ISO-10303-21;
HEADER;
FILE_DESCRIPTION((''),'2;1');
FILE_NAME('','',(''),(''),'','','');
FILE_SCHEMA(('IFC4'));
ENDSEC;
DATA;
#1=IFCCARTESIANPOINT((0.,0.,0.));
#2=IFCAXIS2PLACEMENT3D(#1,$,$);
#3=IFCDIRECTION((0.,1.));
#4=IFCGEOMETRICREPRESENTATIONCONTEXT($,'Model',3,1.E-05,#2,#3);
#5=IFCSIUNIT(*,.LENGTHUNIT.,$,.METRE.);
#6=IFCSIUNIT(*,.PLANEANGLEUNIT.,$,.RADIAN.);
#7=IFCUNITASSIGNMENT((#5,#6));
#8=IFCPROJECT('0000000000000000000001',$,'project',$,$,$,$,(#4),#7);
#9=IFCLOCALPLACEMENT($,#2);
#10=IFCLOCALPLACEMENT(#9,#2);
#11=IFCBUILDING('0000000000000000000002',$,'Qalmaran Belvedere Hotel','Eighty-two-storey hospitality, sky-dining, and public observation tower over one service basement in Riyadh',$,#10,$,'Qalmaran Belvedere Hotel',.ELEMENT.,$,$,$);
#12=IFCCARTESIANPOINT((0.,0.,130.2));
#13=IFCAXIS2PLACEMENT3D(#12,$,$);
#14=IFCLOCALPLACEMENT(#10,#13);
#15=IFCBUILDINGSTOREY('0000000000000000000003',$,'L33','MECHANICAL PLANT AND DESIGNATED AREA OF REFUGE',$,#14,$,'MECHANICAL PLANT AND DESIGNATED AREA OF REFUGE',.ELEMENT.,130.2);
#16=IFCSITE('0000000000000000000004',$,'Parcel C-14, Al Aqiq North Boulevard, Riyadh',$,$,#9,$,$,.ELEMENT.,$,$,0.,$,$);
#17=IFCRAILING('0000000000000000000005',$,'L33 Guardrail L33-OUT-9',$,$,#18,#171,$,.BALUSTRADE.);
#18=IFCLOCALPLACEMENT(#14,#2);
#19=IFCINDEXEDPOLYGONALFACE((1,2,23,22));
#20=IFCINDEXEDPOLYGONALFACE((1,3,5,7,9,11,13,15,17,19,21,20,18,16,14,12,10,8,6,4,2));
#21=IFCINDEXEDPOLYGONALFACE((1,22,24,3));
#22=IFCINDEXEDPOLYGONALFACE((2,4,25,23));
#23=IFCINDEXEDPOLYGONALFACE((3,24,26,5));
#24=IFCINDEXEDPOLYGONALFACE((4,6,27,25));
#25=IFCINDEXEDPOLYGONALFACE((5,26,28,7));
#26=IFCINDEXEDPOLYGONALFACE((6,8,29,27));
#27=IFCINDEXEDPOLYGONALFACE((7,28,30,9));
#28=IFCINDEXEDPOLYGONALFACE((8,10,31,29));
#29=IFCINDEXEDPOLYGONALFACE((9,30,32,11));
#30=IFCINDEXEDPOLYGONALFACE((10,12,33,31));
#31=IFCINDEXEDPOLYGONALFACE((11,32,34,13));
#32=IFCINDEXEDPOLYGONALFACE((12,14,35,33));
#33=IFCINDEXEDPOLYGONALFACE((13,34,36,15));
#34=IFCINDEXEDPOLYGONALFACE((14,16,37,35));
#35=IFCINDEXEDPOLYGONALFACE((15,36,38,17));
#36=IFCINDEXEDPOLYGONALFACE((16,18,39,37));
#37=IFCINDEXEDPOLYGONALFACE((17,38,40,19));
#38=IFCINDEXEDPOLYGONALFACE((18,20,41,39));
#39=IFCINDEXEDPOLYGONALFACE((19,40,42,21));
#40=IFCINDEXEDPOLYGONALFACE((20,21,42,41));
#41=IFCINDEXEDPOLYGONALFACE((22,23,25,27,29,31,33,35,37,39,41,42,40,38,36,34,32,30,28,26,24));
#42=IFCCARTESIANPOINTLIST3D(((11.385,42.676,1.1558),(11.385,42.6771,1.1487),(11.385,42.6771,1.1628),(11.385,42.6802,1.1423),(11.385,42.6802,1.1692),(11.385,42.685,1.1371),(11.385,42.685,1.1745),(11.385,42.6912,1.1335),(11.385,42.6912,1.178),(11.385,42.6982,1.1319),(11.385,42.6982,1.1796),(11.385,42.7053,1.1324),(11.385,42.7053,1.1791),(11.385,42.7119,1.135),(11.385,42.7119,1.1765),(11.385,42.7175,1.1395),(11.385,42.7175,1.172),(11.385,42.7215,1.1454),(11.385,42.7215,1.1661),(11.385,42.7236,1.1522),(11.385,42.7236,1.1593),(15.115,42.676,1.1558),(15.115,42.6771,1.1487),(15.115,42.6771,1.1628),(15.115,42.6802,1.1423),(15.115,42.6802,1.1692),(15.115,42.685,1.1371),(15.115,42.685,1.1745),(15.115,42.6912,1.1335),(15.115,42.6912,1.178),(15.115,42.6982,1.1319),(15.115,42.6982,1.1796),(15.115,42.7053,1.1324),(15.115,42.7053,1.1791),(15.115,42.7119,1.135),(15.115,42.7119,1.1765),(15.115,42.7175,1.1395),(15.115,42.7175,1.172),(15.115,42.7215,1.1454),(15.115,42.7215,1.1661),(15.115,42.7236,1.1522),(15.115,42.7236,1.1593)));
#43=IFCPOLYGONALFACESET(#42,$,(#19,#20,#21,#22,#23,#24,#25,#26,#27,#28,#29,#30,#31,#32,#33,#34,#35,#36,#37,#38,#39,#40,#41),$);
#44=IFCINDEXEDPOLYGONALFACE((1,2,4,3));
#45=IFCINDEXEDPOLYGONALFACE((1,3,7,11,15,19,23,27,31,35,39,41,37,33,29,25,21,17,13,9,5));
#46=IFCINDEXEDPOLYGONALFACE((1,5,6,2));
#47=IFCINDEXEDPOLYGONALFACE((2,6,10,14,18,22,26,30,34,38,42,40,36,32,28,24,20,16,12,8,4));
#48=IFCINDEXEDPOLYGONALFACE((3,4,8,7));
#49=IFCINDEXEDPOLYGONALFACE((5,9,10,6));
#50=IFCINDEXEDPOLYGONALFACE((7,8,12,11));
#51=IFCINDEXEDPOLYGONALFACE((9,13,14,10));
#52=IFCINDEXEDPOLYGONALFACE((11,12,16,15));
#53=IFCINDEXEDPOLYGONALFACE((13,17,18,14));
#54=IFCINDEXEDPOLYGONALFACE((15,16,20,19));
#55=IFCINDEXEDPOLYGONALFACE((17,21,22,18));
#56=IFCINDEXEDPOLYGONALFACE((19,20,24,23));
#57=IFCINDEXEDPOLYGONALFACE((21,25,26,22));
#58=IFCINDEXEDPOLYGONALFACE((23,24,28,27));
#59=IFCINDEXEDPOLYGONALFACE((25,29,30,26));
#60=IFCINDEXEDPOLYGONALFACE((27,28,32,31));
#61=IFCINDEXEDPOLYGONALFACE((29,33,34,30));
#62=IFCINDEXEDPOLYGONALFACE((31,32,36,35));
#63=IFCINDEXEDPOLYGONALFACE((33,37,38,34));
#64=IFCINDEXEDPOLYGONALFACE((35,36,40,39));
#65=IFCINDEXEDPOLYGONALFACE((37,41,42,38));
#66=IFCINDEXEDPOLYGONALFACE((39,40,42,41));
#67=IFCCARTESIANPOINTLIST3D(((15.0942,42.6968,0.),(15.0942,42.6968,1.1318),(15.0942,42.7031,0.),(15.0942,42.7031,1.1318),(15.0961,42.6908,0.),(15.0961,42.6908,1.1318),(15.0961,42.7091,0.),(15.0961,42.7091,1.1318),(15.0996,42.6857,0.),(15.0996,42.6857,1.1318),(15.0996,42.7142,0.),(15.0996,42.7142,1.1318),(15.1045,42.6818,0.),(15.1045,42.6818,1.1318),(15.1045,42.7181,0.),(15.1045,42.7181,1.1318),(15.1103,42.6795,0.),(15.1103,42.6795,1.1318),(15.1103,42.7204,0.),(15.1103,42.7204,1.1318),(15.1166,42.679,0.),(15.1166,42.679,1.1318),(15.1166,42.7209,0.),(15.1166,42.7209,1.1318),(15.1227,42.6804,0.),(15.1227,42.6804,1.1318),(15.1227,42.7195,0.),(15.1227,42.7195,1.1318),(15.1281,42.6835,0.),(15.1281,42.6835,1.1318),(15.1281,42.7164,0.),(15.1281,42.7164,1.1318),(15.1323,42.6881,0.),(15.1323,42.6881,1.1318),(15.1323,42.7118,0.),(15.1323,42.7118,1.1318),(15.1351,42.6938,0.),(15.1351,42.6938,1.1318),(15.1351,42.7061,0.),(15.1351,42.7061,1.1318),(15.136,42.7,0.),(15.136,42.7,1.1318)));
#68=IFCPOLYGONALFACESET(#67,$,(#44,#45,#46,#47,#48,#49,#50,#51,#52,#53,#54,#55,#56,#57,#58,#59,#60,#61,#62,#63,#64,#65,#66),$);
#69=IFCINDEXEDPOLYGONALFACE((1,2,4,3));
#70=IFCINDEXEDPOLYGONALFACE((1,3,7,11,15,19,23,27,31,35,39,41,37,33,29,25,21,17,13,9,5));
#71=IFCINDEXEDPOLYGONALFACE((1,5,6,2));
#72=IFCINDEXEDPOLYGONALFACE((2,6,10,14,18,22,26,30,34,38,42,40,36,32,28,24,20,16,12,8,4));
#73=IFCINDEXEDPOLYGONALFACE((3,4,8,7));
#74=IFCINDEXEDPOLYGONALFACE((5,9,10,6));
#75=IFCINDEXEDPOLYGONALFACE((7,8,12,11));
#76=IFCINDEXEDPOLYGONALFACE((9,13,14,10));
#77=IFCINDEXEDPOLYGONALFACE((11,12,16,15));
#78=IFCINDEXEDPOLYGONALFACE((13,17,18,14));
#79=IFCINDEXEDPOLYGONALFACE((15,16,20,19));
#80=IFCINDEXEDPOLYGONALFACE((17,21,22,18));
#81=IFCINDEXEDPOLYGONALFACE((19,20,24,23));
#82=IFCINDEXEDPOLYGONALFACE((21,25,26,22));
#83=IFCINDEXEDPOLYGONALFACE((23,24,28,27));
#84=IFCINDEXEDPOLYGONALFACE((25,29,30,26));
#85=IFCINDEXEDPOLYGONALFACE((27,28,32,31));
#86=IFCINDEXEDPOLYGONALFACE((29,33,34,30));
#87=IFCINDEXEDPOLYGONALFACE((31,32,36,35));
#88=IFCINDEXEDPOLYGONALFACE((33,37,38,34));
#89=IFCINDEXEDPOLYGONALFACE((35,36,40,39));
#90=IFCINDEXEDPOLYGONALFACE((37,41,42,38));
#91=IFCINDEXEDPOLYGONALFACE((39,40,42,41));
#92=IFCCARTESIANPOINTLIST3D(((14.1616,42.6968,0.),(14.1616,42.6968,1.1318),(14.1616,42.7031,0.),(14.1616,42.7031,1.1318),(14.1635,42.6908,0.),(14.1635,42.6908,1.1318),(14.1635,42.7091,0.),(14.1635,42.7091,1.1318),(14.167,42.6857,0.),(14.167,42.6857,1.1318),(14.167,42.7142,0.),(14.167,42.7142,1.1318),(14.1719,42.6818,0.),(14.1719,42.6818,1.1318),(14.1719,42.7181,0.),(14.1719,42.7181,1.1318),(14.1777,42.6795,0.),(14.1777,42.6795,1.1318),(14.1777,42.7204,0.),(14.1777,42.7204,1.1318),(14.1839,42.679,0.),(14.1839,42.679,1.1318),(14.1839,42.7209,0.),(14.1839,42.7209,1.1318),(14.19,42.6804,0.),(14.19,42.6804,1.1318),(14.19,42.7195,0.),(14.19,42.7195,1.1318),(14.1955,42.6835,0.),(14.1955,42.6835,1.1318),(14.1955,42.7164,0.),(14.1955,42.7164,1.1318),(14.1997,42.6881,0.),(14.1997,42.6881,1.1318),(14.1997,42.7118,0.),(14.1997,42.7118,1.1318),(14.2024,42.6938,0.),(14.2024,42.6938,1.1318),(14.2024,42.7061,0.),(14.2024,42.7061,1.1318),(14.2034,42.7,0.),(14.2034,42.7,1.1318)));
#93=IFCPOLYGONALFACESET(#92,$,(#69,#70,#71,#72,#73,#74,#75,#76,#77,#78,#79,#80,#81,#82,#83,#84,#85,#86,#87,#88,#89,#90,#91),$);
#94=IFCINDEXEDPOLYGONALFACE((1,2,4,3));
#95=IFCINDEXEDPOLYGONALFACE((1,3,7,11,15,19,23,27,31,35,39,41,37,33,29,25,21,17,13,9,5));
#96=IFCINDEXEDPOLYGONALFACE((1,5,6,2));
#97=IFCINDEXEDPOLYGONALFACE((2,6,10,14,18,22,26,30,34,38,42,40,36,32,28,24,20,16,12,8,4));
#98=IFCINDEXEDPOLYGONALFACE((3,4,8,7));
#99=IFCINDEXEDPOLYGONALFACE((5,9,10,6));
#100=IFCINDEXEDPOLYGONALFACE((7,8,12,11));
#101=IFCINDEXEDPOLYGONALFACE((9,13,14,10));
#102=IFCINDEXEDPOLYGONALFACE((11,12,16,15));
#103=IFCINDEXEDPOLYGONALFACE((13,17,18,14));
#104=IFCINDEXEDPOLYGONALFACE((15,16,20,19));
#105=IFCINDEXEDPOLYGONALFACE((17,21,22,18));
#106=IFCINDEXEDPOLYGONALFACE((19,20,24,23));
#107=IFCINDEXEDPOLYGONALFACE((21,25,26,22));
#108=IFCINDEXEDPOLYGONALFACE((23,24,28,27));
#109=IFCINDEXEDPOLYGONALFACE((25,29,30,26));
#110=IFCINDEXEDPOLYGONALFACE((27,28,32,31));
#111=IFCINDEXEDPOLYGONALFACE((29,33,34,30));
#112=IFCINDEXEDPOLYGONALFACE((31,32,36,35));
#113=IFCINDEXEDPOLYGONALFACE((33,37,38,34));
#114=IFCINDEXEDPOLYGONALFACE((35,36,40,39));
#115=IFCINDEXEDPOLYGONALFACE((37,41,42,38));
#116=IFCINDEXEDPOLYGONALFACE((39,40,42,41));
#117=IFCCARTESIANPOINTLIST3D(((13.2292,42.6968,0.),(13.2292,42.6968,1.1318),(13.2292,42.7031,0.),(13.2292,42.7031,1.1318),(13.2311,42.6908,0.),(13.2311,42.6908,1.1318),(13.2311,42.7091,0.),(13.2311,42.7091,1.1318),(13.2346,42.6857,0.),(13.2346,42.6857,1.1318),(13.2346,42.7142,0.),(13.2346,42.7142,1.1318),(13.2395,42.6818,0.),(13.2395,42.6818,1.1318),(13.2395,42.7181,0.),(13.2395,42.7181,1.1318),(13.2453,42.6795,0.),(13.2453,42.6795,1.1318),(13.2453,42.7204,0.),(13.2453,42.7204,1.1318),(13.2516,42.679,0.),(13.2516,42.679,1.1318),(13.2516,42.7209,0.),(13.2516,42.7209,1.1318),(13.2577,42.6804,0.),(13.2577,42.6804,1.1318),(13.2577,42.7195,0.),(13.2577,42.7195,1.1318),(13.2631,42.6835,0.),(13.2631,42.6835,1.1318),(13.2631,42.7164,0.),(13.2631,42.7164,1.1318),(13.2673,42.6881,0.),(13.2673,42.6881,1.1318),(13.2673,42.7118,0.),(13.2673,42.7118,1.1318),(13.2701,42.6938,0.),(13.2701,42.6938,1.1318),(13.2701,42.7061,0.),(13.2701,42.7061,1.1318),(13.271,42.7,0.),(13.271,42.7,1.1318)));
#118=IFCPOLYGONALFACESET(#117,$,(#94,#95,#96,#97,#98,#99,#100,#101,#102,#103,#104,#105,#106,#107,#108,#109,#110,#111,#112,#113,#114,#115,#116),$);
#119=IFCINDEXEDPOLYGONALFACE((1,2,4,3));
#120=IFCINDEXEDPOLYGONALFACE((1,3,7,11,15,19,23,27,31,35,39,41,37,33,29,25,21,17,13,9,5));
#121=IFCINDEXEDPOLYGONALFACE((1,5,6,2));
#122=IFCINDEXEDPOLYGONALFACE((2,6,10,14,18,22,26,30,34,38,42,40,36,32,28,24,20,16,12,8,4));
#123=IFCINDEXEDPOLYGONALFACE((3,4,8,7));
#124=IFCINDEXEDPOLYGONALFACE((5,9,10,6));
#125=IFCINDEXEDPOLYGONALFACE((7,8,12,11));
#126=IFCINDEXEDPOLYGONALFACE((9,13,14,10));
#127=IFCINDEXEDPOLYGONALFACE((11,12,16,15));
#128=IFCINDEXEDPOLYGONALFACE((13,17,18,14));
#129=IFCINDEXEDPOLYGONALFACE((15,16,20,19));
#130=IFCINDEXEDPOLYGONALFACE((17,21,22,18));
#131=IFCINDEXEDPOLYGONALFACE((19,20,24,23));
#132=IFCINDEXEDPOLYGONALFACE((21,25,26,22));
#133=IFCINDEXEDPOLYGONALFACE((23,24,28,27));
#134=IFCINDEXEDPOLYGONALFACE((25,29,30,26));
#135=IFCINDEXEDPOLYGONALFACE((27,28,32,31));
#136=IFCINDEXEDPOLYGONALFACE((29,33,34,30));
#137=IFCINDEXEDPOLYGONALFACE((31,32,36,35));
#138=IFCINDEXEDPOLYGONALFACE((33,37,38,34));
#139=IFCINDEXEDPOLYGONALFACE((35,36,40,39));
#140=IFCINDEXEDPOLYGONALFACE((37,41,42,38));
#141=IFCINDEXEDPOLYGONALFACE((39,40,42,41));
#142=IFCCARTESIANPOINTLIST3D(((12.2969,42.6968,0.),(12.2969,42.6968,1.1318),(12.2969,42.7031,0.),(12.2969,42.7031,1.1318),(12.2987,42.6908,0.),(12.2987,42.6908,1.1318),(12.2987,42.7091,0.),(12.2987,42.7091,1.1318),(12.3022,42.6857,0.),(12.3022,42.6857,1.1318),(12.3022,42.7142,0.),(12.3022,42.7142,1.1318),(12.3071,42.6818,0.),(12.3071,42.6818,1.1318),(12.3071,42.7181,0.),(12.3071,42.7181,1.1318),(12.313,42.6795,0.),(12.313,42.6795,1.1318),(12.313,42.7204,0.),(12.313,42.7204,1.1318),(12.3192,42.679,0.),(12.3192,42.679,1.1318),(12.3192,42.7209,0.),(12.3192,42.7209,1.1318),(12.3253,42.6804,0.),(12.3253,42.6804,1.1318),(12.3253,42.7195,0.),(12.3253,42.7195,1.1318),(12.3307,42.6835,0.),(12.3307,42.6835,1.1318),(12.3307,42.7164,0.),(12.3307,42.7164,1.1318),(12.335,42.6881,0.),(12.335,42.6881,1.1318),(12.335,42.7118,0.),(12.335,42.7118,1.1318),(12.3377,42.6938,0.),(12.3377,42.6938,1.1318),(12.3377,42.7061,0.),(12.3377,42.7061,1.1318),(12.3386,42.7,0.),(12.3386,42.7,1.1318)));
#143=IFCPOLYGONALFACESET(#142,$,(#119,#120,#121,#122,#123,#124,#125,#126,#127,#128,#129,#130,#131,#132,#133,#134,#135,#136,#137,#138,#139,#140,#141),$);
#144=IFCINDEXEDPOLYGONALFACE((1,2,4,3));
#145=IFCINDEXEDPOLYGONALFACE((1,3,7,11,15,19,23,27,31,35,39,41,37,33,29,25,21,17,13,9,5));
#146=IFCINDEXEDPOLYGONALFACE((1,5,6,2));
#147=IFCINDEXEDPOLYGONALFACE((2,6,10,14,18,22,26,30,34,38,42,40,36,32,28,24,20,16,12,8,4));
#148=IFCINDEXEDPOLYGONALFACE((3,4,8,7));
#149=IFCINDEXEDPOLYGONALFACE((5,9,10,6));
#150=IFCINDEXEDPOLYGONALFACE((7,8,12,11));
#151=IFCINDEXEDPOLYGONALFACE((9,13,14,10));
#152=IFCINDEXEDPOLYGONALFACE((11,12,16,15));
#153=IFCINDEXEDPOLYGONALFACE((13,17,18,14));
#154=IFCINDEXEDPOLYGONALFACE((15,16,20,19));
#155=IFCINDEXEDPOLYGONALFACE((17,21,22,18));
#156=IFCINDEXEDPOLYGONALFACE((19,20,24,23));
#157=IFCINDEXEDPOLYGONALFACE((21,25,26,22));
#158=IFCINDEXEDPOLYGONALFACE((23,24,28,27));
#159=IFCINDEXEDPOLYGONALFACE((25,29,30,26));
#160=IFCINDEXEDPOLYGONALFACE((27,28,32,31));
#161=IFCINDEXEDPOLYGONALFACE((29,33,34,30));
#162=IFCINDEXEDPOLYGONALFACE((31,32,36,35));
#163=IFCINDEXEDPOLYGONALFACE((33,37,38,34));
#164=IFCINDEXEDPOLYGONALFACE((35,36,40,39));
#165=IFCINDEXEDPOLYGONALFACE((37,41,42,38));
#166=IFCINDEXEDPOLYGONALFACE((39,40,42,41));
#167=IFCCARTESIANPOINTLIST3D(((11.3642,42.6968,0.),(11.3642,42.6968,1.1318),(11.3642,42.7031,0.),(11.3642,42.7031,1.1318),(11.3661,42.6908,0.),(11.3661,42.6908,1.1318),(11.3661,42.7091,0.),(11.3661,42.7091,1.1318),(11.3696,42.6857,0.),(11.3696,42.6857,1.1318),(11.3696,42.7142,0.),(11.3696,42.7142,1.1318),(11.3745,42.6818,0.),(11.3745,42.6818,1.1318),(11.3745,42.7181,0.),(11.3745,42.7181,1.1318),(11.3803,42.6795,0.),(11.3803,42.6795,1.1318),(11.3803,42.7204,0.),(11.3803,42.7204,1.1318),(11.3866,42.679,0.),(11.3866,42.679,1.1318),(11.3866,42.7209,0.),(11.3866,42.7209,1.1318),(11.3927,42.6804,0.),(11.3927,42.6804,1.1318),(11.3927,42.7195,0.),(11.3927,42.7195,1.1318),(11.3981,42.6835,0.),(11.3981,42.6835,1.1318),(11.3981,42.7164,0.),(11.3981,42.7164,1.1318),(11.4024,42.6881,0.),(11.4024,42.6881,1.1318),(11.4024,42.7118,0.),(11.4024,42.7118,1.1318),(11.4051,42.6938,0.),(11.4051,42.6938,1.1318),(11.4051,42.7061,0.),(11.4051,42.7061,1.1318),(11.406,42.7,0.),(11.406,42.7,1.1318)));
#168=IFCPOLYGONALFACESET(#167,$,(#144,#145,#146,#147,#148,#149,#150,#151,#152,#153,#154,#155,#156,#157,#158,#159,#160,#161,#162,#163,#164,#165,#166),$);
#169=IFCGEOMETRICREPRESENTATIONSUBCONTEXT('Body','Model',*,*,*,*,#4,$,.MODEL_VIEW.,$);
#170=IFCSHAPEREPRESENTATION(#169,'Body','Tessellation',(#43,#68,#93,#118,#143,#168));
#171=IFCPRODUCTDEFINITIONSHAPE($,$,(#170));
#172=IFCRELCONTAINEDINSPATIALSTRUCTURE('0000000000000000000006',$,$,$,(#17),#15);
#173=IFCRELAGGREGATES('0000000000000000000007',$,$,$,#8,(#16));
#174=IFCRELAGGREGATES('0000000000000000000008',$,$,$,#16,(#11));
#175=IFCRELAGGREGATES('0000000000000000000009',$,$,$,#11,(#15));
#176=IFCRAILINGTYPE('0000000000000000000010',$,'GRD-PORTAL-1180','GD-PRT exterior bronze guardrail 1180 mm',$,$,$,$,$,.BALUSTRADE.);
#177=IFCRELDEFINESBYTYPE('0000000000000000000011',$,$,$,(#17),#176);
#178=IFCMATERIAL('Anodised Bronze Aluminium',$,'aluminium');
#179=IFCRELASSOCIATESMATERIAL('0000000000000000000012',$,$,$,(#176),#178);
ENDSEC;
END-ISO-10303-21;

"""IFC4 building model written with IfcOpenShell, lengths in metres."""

from ifc_helpers import new_model, si_unit, direction, frame, origin, origin_2d, place, context, subcontext, project, spatial, circle, extrude, material, type_object, element, save


model = new_model("IFC4")

# Units and contexts
model_context = context("Model", 3, precision=1e-05, world=origin(), true_north=direction((0.0, 1.0)))
body_context = subcontext(model_context, "Body", "Model", "MODEL_VIEW")
ifc_project = project(units=[si_unit("LENGTHUNIT", "METRE"), si_unit("PLANEANGLEUNIT", "RADIAN")], contexts=[model_context])

# Site, building, storey
site_placement = place(None, origin())
site = spatial("IfcSite", under=ifc_project, at=site_placement, Name="Parcel C-14, Al Aqiq North Boulevard, Riyadh", CompositionType="ELEMENT", RefElevation=0.0)
building_placement = place(site_placement, origin())
building = spatial("IfcBuilding", under=site, at=building_placement, Name="Qalmaran Belvedere Hotel", Description="Eighty-two-storey hospitality, sky-dining, and public observation tower over one service basement in Riyadh", LongName="Qalmaran Belvedere Hotel", CompositionType="ELEMENT")
storey_placement = place(building_placement, frame((0.0, 0.0, 130.2)))
storey = spatial("IfcBuildingStorey", under=building, at=storey_placement, Name="L33", Description="MECHANICAL PLANT AND DESIGNATED AREA OF REFUGE", LongName="MECHANICAL PLANT AND DESIGNATED AREA OF REFUGE", CompositionType="ELEMENT", Elevation=130.2)

# Railing
ifc_material_1 = material(Name="Anodised Bronze Aluminium", Category="aluminium")
railing_type = type_object("IfcRailingType", Name="GRD-PORTAL-1180", Description="GD-PRT exterior bronze guardrail 1180 mm", PredefinedType="BALUSTRADE", material=ifc_material_1)
railing_1_placement = place(storey_placement, frame((15.115, 42.7, 0.0)))
element("IfcRailing", 1, at=railing_1_placement, inside=storey, type_object=railing_type, Name="L33 Guardrail L33-OUT-9", PredefinedType="BALUSTRADE", context=body_context, shape_type="SweptSolid", body=[
    extrude(circle(Radius=0.0239, at=origin_2d()), frame((0.0, 0.0, 1.1558), z_axis=(-1.0, 0.0, 0.0), x_axis=(0.0, -1.0, 0.0)), (0.0, 0.0, 1.0), 3.73),
    extrude(circle(Radius=0.021, at=origin_2d()), origin(), (0.0, 0.0, 1.0), 1.1318),
    extrude(circle(Radius=0.021, at=origin_2d()), frame((-0.9326, 0.0, 0.0)), (0.0, 0.0, 1.0), 1.1318),
    extrude(circle(Radius=0.021, at=origin_2d()), frame((-1.865, 0.0, 0.0)), (0.0, 0.0, 1.0), 1.1318),
    extrude(circle(Radius=0.021, at=origin_2d()), frame((-2.7974, 0.0, 0.0)), (0.0, 0.0, 1.0), 1.1318),
    extrude(circle(Radius=0.021, at=origin_2d()), frame((-3.73, 0.0, 0.0)), (0.0, 0.0, 1.0), 1.1318),
])

save(model, "model.ifc")
